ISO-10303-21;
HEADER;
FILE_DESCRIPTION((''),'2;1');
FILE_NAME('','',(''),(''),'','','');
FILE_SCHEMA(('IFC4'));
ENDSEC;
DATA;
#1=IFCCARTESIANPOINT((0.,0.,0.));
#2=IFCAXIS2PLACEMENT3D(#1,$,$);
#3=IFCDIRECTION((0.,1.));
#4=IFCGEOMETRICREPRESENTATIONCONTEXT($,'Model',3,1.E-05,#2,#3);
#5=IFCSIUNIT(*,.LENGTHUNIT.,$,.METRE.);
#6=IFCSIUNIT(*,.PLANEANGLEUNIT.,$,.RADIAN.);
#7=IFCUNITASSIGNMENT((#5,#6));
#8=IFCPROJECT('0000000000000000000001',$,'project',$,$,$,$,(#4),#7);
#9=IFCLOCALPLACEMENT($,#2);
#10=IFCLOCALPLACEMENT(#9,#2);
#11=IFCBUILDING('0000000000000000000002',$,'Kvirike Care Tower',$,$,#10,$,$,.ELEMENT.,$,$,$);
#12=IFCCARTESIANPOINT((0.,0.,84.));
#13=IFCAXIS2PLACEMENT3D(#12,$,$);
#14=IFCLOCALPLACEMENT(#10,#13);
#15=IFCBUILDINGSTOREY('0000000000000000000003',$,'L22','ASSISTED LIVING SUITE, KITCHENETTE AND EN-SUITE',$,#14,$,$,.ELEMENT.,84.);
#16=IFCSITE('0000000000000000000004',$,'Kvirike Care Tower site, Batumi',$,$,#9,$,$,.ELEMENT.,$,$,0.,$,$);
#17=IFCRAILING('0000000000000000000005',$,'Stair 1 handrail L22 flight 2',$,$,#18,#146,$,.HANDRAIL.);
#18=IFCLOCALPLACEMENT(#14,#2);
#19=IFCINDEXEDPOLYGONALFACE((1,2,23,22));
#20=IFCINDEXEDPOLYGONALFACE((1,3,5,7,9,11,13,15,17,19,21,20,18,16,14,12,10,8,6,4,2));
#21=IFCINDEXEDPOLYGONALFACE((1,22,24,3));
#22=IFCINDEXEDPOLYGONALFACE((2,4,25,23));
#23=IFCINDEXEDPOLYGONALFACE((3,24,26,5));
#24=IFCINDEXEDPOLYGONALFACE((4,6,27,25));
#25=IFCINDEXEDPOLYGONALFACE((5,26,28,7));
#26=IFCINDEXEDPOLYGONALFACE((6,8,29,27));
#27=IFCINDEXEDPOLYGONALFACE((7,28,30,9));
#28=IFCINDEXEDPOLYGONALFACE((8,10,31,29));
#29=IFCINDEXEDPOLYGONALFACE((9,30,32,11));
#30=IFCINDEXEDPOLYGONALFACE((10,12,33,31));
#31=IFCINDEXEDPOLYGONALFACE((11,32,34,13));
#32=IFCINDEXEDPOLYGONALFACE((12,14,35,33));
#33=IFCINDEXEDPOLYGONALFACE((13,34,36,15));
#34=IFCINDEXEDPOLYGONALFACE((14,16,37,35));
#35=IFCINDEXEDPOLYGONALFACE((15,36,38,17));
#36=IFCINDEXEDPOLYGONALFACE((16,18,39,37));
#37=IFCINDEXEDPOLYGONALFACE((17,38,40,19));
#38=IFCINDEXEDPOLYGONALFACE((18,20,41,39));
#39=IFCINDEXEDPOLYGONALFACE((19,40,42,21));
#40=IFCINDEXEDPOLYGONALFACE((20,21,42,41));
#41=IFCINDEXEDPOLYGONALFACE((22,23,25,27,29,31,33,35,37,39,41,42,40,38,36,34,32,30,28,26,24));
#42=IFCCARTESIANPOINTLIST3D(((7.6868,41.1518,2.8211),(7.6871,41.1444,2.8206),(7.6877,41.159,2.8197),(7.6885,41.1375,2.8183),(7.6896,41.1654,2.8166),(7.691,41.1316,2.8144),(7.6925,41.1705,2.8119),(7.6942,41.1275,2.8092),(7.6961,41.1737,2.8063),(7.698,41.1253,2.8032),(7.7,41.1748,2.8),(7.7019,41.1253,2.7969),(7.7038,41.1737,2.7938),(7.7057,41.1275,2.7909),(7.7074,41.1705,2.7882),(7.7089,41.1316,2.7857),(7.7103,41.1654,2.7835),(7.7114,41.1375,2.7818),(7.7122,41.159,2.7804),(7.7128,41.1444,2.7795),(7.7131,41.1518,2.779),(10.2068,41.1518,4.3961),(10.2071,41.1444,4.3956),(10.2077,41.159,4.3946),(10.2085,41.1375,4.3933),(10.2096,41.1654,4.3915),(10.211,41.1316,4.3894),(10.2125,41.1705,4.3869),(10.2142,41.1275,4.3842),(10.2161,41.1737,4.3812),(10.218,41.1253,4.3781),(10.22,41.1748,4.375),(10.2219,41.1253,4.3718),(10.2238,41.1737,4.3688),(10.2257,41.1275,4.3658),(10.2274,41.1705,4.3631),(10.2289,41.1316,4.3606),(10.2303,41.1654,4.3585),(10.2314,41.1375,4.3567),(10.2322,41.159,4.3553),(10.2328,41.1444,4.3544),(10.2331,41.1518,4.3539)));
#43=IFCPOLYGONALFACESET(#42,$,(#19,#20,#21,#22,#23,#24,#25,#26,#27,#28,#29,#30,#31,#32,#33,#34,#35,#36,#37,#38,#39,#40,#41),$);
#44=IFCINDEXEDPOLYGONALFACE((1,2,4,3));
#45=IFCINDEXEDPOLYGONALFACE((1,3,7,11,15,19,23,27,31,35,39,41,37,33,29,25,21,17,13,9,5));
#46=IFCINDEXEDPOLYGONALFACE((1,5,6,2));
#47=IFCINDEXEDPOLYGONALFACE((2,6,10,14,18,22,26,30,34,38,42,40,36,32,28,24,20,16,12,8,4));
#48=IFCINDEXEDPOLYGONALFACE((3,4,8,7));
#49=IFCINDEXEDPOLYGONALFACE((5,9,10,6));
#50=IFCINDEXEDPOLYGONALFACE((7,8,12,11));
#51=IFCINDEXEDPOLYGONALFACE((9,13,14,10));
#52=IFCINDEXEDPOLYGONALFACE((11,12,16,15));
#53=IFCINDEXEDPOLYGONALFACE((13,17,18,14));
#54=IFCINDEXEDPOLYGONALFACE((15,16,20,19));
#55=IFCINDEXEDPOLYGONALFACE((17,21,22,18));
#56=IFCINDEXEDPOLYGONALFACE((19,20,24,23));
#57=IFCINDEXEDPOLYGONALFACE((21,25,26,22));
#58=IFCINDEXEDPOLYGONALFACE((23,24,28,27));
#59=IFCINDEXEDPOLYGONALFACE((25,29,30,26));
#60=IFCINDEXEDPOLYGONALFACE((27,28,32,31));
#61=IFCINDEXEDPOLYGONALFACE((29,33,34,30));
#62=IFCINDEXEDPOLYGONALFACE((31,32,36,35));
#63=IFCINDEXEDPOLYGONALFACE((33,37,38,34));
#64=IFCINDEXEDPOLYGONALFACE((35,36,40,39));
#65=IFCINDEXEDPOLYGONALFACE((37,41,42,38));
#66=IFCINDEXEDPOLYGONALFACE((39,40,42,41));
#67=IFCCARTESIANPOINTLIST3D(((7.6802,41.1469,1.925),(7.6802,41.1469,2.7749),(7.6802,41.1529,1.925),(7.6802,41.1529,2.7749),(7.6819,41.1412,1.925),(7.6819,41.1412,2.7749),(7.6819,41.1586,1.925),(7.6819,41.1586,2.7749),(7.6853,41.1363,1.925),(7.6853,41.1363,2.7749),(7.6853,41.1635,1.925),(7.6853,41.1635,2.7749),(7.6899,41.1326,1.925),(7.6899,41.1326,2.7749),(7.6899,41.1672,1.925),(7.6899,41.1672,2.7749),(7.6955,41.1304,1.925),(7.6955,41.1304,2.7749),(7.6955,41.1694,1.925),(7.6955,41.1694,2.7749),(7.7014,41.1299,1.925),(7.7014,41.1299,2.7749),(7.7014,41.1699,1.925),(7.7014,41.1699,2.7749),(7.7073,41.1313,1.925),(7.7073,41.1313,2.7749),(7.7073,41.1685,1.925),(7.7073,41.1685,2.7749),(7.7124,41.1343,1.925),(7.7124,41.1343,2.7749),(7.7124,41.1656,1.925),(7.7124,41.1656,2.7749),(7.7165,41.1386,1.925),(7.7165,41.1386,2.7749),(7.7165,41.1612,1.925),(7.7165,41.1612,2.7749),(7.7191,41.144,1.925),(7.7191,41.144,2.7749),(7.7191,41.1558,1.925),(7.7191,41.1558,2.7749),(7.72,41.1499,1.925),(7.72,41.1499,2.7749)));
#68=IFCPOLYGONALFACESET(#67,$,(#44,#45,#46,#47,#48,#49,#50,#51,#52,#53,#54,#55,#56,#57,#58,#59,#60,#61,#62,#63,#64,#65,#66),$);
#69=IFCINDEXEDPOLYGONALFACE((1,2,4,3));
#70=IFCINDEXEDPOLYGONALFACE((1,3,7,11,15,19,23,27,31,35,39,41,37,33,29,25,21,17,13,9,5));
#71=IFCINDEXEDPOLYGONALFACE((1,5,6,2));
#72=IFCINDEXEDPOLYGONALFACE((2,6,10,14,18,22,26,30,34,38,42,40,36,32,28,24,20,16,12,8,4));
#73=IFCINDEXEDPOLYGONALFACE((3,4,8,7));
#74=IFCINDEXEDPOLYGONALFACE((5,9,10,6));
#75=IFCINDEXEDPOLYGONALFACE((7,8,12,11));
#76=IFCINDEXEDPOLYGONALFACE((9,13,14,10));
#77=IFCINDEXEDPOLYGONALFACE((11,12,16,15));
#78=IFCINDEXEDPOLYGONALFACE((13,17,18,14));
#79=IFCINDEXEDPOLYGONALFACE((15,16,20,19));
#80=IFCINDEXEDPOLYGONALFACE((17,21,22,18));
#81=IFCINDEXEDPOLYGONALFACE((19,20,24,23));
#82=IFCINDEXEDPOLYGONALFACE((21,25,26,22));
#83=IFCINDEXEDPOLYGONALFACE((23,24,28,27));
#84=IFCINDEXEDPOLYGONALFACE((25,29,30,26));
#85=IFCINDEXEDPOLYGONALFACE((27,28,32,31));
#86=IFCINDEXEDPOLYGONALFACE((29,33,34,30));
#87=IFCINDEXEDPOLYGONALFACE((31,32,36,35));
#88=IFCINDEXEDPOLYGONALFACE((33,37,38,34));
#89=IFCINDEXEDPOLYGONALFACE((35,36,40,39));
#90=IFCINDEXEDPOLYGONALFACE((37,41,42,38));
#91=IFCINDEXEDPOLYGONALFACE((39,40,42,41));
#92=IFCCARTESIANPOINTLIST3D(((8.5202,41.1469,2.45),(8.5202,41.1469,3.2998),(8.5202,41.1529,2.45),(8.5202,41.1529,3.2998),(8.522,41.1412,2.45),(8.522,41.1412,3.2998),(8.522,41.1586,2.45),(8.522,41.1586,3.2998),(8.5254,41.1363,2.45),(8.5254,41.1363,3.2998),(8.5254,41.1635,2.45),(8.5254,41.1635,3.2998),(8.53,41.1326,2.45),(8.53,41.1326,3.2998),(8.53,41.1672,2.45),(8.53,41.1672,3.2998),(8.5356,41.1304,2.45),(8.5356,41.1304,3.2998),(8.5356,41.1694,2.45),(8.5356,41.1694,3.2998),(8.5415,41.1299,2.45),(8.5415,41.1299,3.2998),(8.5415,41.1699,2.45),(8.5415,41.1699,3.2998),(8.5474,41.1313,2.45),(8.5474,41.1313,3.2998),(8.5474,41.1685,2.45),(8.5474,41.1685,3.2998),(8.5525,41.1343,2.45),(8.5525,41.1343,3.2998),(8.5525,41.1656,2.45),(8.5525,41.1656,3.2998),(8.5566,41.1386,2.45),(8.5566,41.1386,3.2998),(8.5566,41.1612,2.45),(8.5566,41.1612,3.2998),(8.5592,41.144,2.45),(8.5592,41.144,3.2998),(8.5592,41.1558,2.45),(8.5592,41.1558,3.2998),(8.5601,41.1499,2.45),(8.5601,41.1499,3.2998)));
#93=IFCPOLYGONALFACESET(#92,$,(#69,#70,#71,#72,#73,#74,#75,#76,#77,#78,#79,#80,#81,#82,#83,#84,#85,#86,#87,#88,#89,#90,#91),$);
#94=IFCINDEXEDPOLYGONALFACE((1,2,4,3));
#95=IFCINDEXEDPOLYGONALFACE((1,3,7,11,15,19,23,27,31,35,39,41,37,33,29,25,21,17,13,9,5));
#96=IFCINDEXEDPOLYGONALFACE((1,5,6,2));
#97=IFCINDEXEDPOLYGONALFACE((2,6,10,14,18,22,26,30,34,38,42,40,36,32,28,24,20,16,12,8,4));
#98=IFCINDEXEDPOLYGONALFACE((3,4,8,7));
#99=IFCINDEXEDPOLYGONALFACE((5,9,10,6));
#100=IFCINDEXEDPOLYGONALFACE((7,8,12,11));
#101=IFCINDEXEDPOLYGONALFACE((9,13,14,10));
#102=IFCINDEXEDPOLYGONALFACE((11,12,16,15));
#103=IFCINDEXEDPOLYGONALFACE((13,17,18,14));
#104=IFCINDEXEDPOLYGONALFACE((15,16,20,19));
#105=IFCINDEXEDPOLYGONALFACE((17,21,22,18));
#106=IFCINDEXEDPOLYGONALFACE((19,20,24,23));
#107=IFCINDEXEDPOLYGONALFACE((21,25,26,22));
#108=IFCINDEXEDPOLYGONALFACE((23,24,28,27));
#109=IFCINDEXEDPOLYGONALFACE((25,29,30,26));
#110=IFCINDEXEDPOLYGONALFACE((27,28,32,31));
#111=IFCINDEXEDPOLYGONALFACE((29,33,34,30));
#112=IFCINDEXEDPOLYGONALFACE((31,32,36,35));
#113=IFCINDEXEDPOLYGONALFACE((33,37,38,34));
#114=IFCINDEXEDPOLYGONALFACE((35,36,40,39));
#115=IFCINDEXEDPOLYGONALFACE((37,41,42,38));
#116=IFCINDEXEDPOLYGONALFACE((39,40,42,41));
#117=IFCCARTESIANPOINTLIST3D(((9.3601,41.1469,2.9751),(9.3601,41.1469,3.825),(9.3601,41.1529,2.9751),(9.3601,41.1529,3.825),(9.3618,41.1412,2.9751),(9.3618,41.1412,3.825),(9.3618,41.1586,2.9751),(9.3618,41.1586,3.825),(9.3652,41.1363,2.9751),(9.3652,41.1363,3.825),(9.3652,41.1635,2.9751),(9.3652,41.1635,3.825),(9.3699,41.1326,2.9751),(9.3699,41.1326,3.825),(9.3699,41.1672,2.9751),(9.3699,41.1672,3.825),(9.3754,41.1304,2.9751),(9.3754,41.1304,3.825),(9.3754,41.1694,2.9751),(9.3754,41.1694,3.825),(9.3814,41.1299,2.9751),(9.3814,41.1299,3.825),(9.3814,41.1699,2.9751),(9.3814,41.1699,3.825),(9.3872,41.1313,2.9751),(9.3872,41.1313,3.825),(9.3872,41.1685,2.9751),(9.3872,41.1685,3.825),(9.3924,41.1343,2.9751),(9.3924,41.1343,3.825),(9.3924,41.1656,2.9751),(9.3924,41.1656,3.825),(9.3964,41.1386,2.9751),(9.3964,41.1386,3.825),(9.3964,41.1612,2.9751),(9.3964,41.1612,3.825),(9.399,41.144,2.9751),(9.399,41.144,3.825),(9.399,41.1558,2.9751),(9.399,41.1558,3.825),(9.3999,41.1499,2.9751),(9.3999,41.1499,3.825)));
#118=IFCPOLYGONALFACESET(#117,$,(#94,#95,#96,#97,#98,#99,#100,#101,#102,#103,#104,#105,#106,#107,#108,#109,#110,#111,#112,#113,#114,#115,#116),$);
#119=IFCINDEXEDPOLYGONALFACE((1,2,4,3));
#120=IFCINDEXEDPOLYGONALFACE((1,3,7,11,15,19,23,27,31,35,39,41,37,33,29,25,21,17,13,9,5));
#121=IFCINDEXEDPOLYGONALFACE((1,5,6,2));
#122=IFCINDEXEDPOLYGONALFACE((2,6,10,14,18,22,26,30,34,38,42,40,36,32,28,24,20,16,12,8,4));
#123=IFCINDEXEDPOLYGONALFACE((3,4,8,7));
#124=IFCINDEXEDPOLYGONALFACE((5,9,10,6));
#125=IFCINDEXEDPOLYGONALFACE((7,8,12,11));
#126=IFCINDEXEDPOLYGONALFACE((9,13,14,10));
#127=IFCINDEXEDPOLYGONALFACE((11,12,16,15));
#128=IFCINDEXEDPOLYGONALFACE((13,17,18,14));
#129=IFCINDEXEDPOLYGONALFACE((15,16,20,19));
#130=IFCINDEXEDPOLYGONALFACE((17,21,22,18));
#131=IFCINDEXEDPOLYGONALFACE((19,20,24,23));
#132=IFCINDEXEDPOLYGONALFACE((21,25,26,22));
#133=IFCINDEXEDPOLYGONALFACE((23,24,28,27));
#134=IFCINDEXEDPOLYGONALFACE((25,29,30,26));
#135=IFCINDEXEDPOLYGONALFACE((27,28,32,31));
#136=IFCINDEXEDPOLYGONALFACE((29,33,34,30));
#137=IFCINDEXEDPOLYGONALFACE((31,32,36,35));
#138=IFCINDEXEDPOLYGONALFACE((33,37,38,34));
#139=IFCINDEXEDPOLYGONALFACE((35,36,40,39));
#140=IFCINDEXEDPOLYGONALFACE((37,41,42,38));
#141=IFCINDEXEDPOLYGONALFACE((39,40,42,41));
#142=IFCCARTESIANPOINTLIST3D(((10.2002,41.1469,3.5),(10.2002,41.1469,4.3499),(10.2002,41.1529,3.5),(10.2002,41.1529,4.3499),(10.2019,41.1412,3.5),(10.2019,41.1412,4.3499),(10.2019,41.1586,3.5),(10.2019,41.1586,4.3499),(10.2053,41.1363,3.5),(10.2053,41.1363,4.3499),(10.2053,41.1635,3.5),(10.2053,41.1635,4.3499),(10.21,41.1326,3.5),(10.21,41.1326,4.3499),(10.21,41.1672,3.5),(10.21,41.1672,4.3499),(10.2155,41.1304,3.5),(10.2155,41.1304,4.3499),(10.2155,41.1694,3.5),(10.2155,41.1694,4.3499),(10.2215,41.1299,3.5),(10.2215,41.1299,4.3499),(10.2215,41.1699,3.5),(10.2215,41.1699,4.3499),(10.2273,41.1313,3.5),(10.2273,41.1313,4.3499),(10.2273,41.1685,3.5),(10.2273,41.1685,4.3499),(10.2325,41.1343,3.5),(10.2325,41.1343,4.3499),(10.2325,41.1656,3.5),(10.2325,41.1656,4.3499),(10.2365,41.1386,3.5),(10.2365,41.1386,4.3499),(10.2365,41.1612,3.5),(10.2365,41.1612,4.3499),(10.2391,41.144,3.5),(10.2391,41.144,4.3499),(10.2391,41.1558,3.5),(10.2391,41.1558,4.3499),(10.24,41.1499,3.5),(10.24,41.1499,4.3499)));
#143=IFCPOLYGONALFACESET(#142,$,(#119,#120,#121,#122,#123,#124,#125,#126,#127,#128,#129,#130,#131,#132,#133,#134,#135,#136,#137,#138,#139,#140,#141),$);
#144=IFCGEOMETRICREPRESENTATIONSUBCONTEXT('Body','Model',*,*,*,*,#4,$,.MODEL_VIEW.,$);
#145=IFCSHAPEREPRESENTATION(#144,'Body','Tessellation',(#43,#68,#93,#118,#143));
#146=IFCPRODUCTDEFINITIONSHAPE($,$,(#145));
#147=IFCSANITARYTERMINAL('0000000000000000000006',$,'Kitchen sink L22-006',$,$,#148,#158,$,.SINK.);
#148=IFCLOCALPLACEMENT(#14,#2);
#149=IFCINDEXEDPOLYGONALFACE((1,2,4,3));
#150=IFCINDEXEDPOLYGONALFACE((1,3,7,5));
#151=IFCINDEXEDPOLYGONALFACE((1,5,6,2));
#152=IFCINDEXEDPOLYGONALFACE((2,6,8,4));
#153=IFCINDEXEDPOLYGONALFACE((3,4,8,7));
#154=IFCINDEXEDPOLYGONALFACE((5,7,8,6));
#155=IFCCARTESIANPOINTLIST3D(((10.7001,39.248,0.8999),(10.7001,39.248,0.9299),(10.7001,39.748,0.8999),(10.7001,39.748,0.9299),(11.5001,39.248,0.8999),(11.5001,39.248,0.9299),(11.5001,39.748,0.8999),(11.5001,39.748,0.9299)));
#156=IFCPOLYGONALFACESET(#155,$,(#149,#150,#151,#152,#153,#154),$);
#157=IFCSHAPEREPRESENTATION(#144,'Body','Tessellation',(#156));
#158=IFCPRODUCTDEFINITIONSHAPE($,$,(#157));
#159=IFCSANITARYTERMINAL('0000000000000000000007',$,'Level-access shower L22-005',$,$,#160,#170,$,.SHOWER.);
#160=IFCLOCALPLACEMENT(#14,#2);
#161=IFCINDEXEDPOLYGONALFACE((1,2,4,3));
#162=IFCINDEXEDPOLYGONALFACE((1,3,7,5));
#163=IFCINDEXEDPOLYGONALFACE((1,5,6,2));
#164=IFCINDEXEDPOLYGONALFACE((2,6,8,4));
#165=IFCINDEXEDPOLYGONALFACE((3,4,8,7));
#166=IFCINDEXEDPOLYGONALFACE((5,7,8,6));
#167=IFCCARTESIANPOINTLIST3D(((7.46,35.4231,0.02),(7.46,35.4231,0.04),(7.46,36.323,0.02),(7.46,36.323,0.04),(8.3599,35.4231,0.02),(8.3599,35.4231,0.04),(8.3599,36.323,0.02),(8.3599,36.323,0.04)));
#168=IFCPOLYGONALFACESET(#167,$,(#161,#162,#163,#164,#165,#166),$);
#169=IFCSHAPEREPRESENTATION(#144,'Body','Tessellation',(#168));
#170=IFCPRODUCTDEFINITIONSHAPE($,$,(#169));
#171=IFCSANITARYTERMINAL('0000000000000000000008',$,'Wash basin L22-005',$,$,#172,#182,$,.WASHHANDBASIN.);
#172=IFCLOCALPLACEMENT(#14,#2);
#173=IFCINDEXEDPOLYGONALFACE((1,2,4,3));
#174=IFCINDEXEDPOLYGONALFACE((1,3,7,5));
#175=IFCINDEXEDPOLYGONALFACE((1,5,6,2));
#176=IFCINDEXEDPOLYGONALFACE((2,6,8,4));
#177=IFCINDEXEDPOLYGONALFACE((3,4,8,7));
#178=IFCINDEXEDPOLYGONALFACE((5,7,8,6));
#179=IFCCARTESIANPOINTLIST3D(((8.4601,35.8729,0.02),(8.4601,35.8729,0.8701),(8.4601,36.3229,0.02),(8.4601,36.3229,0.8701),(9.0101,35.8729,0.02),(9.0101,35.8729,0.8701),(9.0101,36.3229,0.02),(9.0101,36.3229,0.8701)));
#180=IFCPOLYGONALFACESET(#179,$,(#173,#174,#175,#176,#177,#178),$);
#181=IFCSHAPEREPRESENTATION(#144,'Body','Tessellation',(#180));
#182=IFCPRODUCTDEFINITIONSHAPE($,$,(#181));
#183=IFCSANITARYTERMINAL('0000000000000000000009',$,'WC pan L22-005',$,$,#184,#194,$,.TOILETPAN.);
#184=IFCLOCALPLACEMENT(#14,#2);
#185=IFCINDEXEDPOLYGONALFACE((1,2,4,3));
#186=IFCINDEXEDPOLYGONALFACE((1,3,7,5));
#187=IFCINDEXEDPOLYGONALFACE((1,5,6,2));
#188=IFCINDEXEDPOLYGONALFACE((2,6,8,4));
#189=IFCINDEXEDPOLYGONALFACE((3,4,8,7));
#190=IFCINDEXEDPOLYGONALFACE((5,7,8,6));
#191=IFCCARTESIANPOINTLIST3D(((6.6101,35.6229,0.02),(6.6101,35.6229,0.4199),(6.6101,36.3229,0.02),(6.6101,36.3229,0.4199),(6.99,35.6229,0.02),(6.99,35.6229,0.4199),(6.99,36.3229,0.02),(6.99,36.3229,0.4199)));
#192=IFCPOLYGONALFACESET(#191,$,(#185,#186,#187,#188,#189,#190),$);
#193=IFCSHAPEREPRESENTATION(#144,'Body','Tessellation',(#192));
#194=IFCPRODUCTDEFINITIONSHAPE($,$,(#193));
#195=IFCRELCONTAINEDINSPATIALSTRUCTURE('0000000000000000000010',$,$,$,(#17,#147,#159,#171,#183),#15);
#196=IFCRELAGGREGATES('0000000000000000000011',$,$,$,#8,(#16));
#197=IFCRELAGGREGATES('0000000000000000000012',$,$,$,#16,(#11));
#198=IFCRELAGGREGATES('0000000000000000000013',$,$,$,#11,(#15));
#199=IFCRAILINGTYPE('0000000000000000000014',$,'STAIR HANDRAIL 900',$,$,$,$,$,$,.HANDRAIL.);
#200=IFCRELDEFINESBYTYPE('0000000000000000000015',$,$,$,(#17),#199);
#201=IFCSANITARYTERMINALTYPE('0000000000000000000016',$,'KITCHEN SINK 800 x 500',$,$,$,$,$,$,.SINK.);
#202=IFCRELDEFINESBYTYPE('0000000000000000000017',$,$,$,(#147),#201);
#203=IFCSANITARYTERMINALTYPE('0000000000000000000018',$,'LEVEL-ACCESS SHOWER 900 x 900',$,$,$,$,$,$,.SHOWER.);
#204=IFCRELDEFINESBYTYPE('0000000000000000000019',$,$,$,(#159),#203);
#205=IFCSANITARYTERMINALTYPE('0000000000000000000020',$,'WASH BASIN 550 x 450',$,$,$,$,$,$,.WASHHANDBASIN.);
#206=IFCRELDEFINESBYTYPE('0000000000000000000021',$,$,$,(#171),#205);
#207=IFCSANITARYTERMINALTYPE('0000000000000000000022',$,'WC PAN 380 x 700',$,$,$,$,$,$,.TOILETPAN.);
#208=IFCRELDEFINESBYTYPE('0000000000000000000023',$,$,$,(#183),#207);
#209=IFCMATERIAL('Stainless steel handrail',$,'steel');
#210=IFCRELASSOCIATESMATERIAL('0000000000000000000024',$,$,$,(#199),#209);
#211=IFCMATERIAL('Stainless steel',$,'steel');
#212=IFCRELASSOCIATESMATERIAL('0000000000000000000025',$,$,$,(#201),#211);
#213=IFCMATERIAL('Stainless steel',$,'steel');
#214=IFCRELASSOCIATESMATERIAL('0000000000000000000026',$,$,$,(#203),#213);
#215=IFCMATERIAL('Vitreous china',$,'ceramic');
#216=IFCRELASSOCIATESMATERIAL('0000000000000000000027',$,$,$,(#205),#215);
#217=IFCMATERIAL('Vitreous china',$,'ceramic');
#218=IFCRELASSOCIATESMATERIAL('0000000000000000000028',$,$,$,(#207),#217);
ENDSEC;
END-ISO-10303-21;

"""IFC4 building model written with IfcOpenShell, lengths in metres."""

from ifc_helpers import new_model, si_unit, direction, frame, origin, origin_2d, place, context, subcontext, project, spatial, rectangle, circle, extrude, material, type_object, element, save


model = new_model("IFC4")

# Units and contexts
model_context = context("Model", 3, precision=1e-05, world=origin(), true_north=direction((0.0, 1.0)))
body_context = subcontext(model_context, "Body", "Model", "MODEL_VIEW")
ifc_project = project(units=[si_unit("LENGTHUNIT", "METRE"), si_unit("PLANEANGLEUNIT", "RADIAN")], contexts=[model_context])

# Site, building, storey
site_placement = place(None, origin())
site = spatial("IfcSite", under=ifc_project, at=site_placement, Name="Kvirike Care Tower site, Batumi", CompositionType="ELEMENT", RefElevation=0.0)
building_placement = place(site_placement, origin())
building = spatial("IfcBuilding", under=site, at=building_placement, Name="Kvirike Care Tower", CompositionType="ELEMENT")
storey_placement = place(building_placement, frame((0.0, 0.0, 84.0)))
storey = spatial("IfcBuildingStorey", under=building, at=storey_placement, Name="L22", Description="ASSISTED LIVING SUITE, KITCHENETTE AND EN-SUITE", CompositionType="ELEMENT", Elevation=84.0)

# Railing
ifc_material_1 = material(Name="Stainless steel handrail", Category="steel")
railing_type = type_object("IfcRailingType", Name="STAIR HANDRAIL 900", PredefinedType="HANDRAIL", material=ifc_material_1)
railing_1_placement = place(storey_placement, frame((7.7, 41.1499, 1.925)))
element("IfcRailing", 1, at=railing_1_placement, inside=storey, type_object=railing_type, Name="Stair 1 handrail L22 flight 2", PredefinedType="HANDRAIL", context=body_context, shape_type="SweptSolid", body=[
    extrude(circle(Radius=0.0249, at=origin_2d()), frame((0.0, 0.0, 0.875), z_axis=(0.848008, 0.0, 0.529984), x_axis=(0.0, 1.0, 0.0)), (0.0, 0.0, 1.0), 2.9717),
    extrude(circle(Radius=0.02, at=origin_2d()), origin(), (0.0, 0.0, 1.0), 0.8499),
    extrude(circle(Radius=0.02, at=origin_2d()), frame((0.8401, 0.0, 0.5249)), (0.0, 0.0, 1.0), 0.8499),
    extrude(circle(Radius=0.02, at=origin_2d()), frame((1.6799, 0.0, 1.05)), (0.0, 0.0, 1.0), 0.8499),
    extrude(circle(Radius=0.02, at=origin_2d()), frame((2.52, 0.0, 1.575)), (0.0, 0.0, 1.0), 0.8499),
])

# Sanitary terminals
ifc_material_2 = material(Name="Stainless steel", Category="steel")
sanitary_terminal_type_1 = type_object("IfcSanitaryTerminalType", Name="KITCHEN SINK 800 x 500", PredefinedType="SINK", material=ifc_material_2)
sanitary_terminal_1_placement = place(storey_placement, frame((11.1001, 39.498, 0.8999), z_axis=(0.0, 0.0, 1.0), x_axis=(1.0, 0.0, 0.0)))
element("IfcSanitaryTerminal", 2, at=sanitary_terminal_1_placement, inside=storey, type_object=sanitary_terminal_type_1, Name="Kitchen sink L22-006", PredefinedType="SINK", context=body_context, shape_type="SweptSolid", body=[
    extrude(rectangle(XDim=0.8, YDim=0.5, at=origin_2d()), origin(), (0.0, 0.0, 1.0), 0.03),
])
ifc_material_3 = material(Name="Stainless steel", Category="steel")
sanitary_terminal_type_2 = type_object("IfcSanitaryTerminalType", Name="LEVEL-ACCESS SHOWER 900 x 900", PredefinedType="SHOWER", material=ifc_material_3)
sanitary_terminal_2_placement = place(storey_placement, frame((7.9099, 35.873, 0.02), z_axis=(0.0, 0.0, 1.0), x_axis=(1.0, 0.0, 0.0)))
element("IfcSanitaryTerminal", 3, at=sanitary_terminal_2_placement, inside=storey, type_object=sanitary_terminal_type_2, Name="Level-access shower L22-005", PredefinedType="SHOWER", context=body_context, shape_type="SweptSolid", body=[
    extrude(rectangle(XDim=0.8999, YDim=0.8999, at=origin_2d()), origin(), (0.0, 0.0, 1.0), 0.02),
])
ifc_material_4 = material(Name="Vitreous china", Category="ceramic")
sanitary_terminal_type_3 = type_object("IfcSanitaryTerminalType", Name="WASH BASIN 550 x 450", PredefinedType="WASHHANDBASIN", material=ifc_material_4)
sanitary_terminal_3_placement = place(storey_placement, frame((8.7351, 36.0979, 0.02), z_axis=(0.0, 0.0, 1.0), x_axis=(1.0, 0.0, 0.0)))
element("IfcSanitaryTerminal", 4, at=sanitary_terminal_3_placement, inside=storey, type_object=sanitary_terminal_type_3, Name="Wash basin L22-005", PredefinedType="WASHHANDBASIN", context=body_context, shape_type="SweptSolid", body=[
    extrude(rectangle(XDim=0.55, YDim=0.45, at=origin_2d()), origin(), (0.0, 0.0, 1.0), 0.8501),
])
ifc_material_5 = material(Name="Vitreous china", Category="ceramic")
sanitary_terminal_type_4 = type_object("IfcSanitaryTerminalType", Name="WC PAN 380 x 700", PredefinedType="TOILETPAN", material=ifc_material_5)
sanitary_terminal_4_placement = place(storey_placement, frame((6.8, 35.9729, 0.02), z_axis=(0.0, 0.0, 1.0), x_axis=(1.0, 0.0, 0.0)))
element("IfcSanitaryTerminal", 5, at=sanitary_terminal_4_placement, inside=storey, type_object=sanitary_terminal_type_4, Name="WC pan L22-005", PredefinedType="TOILETPAN", context=body_context, shape_type="SweptSolid", body=[
    extrude(rectangle(XDim=0.3799, YDim=0.7, at=origin_2d()), origin(), (0.0, 0.0, 1.0), 0.3999),
])

save(model, "model.ifc")
